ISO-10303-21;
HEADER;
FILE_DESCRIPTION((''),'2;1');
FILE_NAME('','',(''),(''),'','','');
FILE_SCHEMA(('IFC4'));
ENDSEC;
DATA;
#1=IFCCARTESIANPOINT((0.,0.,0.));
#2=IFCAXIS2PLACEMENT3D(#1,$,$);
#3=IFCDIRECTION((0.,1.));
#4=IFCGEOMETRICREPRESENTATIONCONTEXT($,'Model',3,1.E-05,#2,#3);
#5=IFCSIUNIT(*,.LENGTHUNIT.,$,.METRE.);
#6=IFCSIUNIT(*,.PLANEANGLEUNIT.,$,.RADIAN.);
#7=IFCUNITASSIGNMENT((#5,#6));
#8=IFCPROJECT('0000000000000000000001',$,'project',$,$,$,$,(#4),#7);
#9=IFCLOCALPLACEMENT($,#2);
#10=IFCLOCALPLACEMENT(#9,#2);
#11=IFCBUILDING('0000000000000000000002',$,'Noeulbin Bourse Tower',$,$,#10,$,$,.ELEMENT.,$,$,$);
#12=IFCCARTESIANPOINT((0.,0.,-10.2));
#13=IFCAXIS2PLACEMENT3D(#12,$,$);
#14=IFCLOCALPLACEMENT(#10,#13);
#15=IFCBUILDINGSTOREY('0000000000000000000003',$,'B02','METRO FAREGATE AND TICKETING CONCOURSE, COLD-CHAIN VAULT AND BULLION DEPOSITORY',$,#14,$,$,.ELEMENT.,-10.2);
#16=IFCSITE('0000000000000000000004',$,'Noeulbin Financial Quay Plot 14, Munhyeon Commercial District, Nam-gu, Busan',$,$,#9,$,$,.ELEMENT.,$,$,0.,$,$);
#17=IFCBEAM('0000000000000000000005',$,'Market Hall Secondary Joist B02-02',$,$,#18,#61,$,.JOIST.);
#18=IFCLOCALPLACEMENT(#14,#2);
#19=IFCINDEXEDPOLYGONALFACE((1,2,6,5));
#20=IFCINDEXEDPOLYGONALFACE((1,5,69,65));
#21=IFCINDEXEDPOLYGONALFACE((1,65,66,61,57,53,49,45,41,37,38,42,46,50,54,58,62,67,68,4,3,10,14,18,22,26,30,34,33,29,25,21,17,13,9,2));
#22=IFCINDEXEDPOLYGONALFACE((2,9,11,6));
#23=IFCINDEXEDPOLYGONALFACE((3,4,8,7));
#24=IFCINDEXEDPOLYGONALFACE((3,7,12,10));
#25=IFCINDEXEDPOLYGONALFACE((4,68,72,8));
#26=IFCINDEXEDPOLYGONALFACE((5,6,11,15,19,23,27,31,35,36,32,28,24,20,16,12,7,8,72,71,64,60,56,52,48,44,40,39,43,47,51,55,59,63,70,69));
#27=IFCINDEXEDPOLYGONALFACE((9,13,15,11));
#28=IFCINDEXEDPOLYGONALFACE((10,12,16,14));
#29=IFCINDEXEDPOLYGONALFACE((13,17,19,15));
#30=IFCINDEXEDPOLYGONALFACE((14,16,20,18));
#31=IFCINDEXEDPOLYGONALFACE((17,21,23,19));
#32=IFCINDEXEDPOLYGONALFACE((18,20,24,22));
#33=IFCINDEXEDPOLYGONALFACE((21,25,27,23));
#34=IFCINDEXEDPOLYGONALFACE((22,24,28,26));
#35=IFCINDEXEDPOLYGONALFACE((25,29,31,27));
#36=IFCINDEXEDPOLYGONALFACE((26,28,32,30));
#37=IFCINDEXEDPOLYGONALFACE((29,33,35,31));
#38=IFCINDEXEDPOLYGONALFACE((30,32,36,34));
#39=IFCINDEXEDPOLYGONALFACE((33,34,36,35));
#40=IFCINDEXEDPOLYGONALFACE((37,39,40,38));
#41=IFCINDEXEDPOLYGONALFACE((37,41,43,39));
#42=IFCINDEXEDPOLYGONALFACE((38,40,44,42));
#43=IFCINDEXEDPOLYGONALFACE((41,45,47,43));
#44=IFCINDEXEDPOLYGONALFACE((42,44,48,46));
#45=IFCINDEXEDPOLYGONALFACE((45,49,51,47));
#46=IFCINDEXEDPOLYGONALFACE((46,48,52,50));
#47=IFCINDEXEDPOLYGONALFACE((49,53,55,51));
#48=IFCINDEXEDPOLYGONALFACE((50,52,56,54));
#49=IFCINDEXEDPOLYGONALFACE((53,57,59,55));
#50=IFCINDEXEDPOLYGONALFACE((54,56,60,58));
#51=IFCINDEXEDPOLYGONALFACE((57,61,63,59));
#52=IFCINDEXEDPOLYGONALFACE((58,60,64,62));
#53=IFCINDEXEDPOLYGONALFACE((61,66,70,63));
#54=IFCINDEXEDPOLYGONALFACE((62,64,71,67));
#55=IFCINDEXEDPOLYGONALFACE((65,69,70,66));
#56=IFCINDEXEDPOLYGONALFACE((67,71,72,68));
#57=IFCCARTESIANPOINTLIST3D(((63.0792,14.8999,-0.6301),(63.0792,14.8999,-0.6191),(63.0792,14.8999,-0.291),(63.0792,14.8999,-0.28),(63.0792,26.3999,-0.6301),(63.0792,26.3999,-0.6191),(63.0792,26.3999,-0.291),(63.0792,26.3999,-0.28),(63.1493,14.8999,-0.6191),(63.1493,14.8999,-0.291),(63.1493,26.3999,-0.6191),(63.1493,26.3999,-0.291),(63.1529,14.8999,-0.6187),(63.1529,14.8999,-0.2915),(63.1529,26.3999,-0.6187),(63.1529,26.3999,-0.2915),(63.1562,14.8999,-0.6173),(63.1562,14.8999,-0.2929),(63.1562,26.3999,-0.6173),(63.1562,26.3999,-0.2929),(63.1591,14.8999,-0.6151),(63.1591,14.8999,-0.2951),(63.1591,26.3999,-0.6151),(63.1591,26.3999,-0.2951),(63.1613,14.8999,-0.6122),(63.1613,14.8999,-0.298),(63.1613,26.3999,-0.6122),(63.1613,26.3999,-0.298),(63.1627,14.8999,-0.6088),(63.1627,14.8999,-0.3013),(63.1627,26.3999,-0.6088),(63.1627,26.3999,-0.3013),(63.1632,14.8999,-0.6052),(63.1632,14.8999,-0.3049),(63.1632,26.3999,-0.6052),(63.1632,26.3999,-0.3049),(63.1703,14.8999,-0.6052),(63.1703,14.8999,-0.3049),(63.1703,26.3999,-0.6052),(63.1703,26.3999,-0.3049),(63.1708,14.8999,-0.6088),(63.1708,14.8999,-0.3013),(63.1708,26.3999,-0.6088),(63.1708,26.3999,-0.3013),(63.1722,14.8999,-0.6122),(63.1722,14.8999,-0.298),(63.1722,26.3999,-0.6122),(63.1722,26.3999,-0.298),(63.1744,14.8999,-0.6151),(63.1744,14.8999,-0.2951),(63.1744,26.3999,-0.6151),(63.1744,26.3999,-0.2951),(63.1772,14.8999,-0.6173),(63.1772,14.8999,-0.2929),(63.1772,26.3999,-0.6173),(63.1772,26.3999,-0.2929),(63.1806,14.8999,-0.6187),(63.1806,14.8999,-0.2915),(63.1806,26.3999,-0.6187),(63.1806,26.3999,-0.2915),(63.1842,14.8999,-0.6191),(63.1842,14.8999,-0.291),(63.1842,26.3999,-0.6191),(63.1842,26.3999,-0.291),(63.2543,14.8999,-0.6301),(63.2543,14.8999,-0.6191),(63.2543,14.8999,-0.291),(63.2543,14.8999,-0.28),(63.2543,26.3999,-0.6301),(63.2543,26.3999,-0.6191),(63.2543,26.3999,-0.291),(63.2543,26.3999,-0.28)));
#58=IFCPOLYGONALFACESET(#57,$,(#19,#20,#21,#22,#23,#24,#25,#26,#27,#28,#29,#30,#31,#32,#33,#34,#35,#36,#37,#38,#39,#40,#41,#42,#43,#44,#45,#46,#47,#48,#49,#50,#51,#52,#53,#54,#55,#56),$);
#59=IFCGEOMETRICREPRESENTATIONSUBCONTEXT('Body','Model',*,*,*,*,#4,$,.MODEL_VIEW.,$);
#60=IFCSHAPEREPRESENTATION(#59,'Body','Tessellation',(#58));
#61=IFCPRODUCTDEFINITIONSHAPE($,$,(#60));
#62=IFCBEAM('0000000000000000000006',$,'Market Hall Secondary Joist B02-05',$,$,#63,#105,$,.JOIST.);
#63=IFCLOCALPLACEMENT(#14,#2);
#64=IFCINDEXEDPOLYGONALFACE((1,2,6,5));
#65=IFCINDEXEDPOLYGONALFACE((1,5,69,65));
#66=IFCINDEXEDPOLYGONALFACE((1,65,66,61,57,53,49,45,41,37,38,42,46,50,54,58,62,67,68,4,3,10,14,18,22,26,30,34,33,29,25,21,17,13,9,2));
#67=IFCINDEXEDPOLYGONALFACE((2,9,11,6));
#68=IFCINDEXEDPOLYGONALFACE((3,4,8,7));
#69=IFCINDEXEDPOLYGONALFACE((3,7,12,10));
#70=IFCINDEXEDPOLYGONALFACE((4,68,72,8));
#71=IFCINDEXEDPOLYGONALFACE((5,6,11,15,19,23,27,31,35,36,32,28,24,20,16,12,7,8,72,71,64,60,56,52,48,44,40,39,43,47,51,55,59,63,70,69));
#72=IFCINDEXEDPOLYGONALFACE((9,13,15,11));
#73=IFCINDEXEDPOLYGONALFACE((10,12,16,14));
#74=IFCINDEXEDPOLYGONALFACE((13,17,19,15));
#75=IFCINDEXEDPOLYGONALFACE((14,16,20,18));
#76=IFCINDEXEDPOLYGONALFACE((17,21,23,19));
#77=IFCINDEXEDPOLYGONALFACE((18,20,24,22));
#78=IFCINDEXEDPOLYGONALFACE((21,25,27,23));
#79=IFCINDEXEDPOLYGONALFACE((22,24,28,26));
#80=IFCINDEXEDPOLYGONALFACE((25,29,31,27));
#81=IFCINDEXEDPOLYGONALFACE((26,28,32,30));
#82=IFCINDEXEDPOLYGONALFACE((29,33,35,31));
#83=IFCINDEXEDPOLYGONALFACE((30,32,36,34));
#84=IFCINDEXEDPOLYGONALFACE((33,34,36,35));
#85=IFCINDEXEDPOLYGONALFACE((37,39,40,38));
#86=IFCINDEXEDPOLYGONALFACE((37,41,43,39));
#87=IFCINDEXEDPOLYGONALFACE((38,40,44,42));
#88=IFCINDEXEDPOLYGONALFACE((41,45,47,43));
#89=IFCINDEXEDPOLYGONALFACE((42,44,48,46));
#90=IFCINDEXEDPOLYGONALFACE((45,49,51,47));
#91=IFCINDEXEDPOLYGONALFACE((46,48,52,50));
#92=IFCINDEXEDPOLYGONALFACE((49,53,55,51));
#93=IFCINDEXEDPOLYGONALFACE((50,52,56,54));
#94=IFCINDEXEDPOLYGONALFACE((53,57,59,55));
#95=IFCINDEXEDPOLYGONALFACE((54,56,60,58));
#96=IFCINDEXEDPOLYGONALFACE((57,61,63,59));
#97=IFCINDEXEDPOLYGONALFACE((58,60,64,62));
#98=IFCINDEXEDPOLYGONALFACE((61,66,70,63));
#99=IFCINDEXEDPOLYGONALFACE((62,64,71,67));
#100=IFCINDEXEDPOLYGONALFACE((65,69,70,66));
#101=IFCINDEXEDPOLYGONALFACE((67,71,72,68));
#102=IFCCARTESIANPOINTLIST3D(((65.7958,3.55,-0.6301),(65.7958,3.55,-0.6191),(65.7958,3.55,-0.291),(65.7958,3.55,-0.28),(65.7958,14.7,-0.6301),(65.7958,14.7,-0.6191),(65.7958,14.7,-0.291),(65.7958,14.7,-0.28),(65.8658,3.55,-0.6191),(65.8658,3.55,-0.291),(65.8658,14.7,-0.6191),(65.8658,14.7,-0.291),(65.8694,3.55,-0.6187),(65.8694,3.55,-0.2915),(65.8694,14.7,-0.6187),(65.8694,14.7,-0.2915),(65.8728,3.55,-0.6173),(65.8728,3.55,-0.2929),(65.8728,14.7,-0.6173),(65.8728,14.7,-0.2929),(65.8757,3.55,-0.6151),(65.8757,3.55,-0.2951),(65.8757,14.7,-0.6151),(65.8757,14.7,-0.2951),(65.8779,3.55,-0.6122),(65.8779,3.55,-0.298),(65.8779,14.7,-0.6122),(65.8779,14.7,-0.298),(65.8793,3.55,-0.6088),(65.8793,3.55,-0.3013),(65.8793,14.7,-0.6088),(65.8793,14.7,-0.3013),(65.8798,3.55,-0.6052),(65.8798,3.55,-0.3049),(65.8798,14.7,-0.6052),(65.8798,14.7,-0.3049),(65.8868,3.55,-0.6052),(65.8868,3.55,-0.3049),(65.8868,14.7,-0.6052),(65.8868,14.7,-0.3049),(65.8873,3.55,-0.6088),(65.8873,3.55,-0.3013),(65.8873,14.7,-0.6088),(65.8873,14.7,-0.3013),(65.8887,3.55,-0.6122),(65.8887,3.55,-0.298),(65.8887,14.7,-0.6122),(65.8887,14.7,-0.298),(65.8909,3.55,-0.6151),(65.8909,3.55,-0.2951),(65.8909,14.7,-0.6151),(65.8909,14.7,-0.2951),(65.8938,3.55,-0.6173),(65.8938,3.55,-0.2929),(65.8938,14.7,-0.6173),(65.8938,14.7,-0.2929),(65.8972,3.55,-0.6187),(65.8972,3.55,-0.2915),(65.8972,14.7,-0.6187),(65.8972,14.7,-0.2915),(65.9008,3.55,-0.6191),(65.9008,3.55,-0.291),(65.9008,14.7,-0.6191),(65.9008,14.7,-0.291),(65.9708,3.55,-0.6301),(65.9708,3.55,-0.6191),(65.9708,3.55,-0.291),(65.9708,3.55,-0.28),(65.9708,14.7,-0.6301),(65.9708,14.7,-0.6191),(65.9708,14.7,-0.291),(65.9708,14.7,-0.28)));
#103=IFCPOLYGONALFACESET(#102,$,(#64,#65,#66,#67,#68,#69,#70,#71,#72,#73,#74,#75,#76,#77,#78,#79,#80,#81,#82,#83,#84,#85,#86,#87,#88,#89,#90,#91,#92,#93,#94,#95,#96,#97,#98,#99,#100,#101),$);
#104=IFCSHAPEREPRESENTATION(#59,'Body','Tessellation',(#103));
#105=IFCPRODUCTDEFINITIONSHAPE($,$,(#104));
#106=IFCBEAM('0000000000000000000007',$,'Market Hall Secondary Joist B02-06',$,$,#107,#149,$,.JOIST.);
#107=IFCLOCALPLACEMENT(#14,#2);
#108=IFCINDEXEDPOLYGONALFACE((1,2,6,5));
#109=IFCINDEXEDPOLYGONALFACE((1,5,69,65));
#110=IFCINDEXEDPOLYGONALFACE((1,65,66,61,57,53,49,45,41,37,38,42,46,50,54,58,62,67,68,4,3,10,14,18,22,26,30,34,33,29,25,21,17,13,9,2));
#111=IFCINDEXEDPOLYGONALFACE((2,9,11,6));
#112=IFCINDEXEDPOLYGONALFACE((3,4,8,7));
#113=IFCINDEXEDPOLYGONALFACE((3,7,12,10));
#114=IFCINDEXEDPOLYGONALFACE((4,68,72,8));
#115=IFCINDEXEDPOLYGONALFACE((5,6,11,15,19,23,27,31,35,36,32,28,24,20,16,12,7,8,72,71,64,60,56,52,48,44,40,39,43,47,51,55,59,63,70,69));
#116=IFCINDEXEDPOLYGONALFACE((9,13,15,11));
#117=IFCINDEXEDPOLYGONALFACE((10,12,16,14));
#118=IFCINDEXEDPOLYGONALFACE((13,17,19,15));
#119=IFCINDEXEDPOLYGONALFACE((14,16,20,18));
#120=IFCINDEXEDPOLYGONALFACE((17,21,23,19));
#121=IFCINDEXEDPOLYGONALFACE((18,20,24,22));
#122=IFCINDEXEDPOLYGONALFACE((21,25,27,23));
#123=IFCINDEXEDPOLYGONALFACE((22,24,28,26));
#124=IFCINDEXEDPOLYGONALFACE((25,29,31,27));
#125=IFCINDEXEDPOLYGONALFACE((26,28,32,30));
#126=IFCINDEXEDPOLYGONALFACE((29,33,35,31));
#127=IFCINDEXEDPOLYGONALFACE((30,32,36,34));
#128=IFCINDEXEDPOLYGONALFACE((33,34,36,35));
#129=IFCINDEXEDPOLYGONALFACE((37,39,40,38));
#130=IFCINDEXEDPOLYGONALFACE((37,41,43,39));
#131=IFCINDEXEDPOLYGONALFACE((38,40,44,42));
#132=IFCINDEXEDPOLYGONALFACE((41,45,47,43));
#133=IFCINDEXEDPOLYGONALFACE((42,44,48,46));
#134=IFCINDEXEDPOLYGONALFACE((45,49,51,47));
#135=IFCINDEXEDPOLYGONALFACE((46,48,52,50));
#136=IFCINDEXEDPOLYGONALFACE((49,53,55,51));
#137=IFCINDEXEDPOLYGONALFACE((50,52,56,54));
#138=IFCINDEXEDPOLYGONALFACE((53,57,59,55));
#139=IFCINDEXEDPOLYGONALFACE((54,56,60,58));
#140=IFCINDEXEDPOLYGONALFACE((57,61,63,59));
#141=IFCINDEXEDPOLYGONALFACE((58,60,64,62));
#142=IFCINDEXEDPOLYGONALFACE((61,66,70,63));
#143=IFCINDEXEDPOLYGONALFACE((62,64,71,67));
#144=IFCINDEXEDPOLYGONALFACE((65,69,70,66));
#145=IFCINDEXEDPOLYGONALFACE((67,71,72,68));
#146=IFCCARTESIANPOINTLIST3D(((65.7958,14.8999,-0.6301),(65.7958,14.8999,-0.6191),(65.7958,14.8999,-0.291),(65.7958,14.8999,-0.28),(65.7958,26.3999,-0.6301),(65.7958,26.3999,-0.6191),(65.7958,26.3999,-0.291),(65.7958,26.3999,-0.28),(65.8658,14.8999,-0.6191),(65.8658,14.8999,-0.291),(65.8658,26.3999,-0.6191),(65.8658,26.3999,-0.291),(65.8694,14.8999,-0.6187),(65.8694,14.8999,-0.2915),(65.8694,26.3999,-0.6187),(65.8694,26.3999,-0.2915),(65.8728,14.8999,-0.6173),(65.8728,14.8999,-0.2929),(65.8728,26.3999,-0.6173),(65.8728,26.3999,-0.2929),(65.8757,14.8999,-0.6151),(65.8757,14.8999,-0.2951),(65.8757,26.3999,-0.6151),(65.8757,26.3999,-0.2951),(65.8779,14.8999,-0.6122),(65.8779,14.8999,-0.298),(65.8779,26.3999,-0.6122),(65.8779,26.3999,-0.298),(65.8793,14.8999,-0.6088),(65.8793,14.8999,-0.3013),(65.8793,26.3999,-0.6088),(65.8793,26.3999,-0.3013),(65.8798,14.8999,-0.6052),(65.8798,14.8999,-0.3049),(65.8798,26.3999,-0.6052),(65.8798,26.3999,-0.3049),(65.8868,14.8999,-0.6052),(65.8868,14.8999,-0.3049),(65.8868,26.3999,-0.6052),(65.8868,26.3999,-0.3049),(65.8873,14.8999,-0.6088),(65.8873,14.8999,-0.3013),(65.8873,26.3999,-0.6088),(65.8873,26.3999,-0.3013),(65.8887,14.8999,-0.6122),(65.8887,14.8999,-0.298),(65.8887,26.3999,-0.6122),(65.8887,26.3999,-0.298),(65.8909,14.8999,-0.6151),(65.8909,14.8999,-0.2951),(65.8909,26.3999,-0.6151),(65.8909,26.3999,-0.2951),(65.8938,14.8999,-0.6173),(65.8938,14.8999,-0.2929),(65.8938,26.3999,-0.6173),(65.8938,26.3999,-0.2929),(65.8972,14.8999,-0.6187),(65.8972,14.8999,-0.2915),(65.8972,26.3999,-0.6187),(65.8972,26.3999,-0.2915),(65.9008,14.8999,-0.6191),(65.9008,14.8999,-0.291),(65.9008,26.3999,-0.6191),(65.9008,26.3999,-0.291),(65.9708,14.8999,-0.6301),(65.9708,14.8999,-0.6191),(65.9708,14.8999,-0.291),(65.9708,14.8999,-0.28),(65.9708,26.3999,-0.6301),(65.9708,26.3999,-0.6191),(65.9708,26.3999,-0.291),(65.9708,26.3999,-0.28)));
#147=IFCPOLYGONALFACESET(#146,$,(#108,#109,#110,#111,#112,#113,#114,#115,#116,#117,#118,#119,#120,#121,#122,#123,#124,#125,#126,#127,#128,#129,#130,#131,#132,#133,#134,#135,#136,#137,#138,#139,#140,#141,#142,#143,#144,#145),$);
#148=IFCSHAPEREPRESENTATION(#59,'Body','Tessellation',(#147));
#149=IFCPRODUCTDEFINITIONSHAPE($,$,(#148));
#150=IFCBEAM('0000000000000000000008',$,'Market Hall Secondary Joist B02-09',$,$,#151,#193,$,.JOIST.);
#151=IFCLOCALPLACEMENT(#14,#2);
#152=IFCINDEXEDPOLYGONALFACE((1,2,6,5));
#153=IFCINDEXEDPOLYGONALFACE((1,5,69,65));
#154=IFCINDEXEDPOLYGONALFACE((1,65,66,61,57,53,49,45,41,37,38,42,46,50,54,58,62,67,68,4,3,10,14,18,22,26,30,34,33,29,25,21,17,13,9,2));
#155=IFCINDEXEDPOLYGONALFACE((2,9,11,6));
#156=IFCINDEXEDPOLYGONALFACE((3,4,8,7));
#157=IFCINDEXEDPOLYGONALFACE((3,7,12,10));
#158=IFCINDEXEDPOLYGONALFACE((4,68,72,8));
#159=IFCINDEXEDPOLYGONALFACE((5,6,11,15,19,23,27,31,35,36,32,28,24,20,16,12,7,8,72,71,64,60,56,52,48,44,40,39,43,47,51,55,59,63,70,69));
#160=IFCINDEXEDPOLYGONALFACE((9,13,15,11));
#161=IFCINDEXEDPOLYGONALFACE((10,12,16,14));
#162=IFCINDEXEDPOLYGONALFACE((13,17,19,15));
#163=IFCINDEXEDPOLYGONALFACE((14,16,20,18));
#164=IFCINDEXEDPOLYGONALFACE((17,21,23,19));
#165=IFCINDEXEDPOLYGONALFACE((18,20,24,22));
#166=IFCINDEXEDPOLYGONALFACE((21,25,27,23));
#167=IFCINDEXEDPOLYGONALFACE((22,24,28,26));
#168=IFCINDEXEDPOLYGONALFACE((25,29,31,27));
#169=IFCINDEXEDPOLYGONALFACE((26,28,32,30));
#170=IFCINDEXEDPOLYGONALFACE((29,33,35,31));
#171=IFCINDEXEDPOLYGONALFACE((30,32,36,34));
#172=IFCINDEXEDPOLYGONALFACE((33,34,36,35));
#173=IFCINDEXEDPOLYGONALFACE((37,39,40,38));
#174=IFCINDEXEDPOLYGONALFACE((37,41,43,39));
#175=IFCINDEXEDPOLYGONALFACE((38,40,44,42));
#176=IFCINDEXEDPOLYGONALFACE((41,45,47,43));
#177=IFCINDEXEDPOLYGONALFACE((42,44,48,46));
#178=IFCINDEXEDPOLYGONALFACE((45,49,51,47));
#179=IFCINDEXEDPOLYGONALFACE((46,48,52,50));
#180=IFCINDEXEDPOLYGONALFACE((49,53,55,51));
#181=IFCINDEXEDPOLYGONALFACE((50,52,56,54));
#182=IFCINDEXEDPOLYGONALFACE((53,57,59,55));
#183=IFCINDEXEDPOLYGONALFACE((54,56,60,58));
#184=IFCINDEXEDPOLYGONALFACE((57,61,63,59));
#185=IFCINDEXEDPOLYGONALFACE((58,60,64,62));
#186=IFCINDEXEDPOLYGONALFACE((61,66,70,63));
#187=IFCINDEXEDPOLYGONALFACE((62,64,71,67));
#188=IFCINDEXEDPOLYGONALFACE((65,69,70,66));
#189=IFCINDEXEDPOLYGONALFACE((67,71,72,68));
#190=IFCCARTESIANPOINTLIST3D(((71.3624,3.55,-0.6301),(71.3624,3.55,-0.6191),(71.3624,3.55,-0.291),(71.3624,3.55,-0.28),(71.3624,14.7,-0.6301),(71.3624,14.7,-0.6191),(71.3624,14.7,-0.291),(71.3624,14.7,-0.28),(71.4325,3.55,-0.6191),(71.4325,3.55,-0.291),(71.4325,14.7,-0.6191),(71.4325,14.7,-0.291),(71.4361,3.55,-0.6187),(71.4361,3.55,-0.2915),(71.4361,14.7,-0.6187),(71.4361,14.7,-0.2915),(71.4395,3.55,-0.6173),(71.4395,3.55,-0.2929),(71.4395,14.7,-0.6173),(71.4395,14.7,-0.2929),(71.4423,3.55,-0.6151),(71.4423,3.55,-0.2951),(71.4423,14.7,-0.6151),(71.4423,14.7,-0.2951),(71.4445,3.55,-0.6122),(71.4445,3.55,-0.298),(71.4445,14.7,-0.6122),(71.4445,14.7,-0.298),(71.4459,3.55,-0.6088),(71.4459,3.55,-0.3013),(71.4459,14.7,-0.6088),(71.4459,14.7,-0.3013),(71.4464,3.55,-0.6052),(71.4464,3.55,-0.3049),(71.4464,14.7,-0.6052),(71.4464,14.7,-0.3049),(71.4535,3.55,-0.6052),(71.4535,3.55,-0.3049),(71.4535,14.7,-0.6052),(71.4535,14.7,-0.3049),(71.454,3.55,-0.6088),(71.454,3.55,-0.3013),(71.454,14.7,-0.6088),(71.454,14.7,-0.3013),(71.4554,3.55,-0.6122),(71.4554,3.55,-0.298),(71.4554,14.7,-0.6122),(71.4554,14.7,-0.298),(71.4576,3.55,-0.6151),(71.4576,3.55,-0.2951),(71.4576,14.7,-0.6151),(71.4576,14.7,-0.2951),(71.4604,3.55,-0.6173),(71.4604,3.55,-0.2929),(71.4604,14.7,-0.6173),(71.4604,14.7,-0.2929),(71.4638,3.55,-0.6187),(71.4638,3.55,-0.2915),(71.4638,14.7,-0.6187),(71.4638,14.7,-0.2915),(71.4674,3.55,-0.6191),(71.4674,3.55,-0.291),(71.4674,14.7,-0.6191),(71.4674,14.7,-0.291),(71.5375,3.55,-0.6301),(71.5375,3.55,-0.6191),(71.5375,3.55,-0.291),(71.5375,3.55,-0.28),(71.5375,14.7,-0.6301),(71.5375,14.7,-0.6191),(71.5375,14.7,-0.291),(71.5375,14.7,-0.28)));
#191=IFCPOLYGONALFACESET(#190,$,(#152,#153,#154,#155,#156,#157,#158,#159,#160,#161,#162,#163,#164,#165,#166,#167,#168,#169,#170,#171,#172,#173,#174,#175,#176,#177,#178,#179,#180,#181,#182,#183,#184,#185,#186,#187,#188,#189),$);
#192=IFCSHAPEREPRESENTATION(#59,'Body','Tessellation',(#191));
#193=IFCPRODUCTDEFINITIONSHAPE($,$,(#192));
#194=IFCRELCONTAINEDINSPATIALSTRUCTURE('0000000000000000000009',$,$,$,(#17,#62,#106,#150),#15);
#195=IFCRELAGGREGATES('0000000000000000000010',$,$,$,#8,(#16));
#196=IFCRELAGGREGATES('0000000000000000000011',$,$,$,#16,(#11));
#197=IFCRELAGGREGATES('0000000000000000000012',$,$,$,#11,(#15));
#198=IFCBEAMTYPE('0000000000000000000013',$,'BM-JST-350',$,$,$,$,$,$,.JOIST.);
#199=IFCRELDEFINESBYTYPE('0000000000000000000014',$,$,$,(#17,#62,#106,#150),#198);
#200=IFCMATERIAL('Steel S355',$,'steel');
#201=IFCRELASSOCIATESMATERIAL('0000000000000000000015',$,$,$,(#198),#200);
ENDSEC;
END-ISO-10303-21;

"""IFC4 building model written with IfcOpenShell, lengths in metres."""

from ifc_helpers import new_model, si_unit, direction, frame, origin, origin_2d, place, context, subcontext, project, spatial, i_section, extrude, material, material_profile, profile_set, type_object, element, save


model = new_model("IFC4")

# Units and contexts
model_context = context("Model", 3, precision=1e-05, world=origin(), true_north=direction((0.0, 1.0)))
body_context = subcontext(model_context, "Body", "Model", "MODEL_VIEW")
ifc_project = project(units=[si_unit("LENGTHUNIT", "METRE"), si_unit("PLANEANGLEUNIT", "RADIAN")], contexts=[model_context])

# Site, building, storey
site_placement = place(None, origin())
site = spatial("IfcSite", under=ifc_project, at=site_placement, Name="Noeulbin Financial Quay Plot 14, Munhyeon Commercial District, Nam-gu, Busan", CompositionType="ELEMENT", RefElevation=0.0)
building_placement = place(site_placement, origin())
building = spatial("IfcBuilding", under=site, at=building_placement, Name="Noeulbin Bourse Tower", CompositionType="ELEMENT")
storey_placement = place(building_placement, frame((0.0, 0.0, -10.2)))
storey = spatial("IfcBuildingStorey", under=building, at=storey_placement, Name="B02", Description="METRO FAREGATE AND TICKETING CONCOURSE, COLD-CHAIN VAULT AND BULLION DEPOSITORY", CompositionType="ELEMENT", Elevation=-10.2)

# Beams
ifc_material_1 = material(Name="Steel S355", Category="steel")
ifc_material_profile_1 = material_profile(ifc_material_1, i_section(OverallWidth=0.175, OverallDepth=0.3501, WebThickness=0.0071, FlangeThickness=0.011, FilletRadius=0.0139, at=origin_2d()), Name="H-350x175x7x11", Category="LoadBearing")
ifc_profile_set_1 = profile_set([ifc_material_profile_1], Name="Steel S355")
beam_type_1 = type_object("IfcBeamType", Name="BM-JST-350", PredefinedType="JOIST", material=ifc_profile_set_1)
beam_1_placement = place(storey_placement, frame((63.1667, 14.8999, -0.4551), z_axis=(0.0, 1.0, 0.0), x_axis=(-1.0, 0.0, 0.0)))
element("IfcBeam", 1, at=beam_1_placement, inside=storey, type_object=beam_type_1, Name="Market Hall Secondary Joist B02-02", PredefinedType="JOIST", context=body_context, shape_type="SweptSolid", body=[
    extrude(i_section(OverallWidth=0.175, OverallDepth=0.3501, WebThickness=0.0071, FlangeThickness=0.011, FilletRadius=0.0139, at=origin_2d()), origin(), (0.0, 0.0, 1.0), 11.5),
])
beam_2_placement = place(storey_placement, frame((65.8833, 3.55, -0.4551), z_axis=(0.0, 1.0, 0.0), x_axis=(-1.0, 0.0, 0.0)))
element("IfcBeam", 2, at=beam_2_placement, inside=storey, type_object=beam_type_1, Name="Market Hall Secondary Joist B02-05", PredefinedType="JOIST", context=body_context, shape_type="SweptSolid", body=[
    extrude(i_section(OverallWidth=0.175, OverallDepth=0.3501, WebThickness=0.0071, FlangeThickness=0.011, FilletRadius=0.0139, at=origin_2d()), origin(), (0.0, 0.0, 1.0), 11.1499),
])
beam_3_placement = place(storey_placement, frame((65.8833, 14.8999, -0.4551), z_axis=(0.0, 1.0, 0.0), x_axis=(-1.0, 0.0, 0.0)))
element("IfcBeam", 3, at=beam_3_placement, inside=storey, type_object=beam_type_1, Name="Market Hall Secondary Joist B02-06", PredefinedType="JOIST", context=body_context, shape_type="SweptSolid", body=[
    extrude(i_section(OverallWidth=0.175, OverallDepth=0.3501, WebThickness=0.0071, FlangeThickness=0.011, FilletRadius=0.0139, at=origin_2d()), origin(), (0.0, 0.0, 1.0), 11.5),
])
for number, where, z_axis, x_axis, name in (
    (4, (71.45, 3.55, -0.4551), (0.0, 1.0, 0.0), (-1.0, 0.0, 0.0), "Market Hall Secondary Joist B02-09"),
):
    element("IfcBeam", number, at=place(storey_placement, frame(where, z_axis=z_axis, x_axis=x_axis)), inside=storey, type_object=beam_type_1, Name=name, PredefinedType="JOIST", context=body_context, shape_type="SweptSolid", body=[
        extrude(i_section(OverallWidth=0.175, OverallDepth=0.3501, WebThickness=0.0071, FlangeThickness=0.011, FilletRadius=0.0139, at=origin_2d()), origin(), (0.0, 0.0, 1.0), 11.1499),
    ])

save(model, "model.ifc")
